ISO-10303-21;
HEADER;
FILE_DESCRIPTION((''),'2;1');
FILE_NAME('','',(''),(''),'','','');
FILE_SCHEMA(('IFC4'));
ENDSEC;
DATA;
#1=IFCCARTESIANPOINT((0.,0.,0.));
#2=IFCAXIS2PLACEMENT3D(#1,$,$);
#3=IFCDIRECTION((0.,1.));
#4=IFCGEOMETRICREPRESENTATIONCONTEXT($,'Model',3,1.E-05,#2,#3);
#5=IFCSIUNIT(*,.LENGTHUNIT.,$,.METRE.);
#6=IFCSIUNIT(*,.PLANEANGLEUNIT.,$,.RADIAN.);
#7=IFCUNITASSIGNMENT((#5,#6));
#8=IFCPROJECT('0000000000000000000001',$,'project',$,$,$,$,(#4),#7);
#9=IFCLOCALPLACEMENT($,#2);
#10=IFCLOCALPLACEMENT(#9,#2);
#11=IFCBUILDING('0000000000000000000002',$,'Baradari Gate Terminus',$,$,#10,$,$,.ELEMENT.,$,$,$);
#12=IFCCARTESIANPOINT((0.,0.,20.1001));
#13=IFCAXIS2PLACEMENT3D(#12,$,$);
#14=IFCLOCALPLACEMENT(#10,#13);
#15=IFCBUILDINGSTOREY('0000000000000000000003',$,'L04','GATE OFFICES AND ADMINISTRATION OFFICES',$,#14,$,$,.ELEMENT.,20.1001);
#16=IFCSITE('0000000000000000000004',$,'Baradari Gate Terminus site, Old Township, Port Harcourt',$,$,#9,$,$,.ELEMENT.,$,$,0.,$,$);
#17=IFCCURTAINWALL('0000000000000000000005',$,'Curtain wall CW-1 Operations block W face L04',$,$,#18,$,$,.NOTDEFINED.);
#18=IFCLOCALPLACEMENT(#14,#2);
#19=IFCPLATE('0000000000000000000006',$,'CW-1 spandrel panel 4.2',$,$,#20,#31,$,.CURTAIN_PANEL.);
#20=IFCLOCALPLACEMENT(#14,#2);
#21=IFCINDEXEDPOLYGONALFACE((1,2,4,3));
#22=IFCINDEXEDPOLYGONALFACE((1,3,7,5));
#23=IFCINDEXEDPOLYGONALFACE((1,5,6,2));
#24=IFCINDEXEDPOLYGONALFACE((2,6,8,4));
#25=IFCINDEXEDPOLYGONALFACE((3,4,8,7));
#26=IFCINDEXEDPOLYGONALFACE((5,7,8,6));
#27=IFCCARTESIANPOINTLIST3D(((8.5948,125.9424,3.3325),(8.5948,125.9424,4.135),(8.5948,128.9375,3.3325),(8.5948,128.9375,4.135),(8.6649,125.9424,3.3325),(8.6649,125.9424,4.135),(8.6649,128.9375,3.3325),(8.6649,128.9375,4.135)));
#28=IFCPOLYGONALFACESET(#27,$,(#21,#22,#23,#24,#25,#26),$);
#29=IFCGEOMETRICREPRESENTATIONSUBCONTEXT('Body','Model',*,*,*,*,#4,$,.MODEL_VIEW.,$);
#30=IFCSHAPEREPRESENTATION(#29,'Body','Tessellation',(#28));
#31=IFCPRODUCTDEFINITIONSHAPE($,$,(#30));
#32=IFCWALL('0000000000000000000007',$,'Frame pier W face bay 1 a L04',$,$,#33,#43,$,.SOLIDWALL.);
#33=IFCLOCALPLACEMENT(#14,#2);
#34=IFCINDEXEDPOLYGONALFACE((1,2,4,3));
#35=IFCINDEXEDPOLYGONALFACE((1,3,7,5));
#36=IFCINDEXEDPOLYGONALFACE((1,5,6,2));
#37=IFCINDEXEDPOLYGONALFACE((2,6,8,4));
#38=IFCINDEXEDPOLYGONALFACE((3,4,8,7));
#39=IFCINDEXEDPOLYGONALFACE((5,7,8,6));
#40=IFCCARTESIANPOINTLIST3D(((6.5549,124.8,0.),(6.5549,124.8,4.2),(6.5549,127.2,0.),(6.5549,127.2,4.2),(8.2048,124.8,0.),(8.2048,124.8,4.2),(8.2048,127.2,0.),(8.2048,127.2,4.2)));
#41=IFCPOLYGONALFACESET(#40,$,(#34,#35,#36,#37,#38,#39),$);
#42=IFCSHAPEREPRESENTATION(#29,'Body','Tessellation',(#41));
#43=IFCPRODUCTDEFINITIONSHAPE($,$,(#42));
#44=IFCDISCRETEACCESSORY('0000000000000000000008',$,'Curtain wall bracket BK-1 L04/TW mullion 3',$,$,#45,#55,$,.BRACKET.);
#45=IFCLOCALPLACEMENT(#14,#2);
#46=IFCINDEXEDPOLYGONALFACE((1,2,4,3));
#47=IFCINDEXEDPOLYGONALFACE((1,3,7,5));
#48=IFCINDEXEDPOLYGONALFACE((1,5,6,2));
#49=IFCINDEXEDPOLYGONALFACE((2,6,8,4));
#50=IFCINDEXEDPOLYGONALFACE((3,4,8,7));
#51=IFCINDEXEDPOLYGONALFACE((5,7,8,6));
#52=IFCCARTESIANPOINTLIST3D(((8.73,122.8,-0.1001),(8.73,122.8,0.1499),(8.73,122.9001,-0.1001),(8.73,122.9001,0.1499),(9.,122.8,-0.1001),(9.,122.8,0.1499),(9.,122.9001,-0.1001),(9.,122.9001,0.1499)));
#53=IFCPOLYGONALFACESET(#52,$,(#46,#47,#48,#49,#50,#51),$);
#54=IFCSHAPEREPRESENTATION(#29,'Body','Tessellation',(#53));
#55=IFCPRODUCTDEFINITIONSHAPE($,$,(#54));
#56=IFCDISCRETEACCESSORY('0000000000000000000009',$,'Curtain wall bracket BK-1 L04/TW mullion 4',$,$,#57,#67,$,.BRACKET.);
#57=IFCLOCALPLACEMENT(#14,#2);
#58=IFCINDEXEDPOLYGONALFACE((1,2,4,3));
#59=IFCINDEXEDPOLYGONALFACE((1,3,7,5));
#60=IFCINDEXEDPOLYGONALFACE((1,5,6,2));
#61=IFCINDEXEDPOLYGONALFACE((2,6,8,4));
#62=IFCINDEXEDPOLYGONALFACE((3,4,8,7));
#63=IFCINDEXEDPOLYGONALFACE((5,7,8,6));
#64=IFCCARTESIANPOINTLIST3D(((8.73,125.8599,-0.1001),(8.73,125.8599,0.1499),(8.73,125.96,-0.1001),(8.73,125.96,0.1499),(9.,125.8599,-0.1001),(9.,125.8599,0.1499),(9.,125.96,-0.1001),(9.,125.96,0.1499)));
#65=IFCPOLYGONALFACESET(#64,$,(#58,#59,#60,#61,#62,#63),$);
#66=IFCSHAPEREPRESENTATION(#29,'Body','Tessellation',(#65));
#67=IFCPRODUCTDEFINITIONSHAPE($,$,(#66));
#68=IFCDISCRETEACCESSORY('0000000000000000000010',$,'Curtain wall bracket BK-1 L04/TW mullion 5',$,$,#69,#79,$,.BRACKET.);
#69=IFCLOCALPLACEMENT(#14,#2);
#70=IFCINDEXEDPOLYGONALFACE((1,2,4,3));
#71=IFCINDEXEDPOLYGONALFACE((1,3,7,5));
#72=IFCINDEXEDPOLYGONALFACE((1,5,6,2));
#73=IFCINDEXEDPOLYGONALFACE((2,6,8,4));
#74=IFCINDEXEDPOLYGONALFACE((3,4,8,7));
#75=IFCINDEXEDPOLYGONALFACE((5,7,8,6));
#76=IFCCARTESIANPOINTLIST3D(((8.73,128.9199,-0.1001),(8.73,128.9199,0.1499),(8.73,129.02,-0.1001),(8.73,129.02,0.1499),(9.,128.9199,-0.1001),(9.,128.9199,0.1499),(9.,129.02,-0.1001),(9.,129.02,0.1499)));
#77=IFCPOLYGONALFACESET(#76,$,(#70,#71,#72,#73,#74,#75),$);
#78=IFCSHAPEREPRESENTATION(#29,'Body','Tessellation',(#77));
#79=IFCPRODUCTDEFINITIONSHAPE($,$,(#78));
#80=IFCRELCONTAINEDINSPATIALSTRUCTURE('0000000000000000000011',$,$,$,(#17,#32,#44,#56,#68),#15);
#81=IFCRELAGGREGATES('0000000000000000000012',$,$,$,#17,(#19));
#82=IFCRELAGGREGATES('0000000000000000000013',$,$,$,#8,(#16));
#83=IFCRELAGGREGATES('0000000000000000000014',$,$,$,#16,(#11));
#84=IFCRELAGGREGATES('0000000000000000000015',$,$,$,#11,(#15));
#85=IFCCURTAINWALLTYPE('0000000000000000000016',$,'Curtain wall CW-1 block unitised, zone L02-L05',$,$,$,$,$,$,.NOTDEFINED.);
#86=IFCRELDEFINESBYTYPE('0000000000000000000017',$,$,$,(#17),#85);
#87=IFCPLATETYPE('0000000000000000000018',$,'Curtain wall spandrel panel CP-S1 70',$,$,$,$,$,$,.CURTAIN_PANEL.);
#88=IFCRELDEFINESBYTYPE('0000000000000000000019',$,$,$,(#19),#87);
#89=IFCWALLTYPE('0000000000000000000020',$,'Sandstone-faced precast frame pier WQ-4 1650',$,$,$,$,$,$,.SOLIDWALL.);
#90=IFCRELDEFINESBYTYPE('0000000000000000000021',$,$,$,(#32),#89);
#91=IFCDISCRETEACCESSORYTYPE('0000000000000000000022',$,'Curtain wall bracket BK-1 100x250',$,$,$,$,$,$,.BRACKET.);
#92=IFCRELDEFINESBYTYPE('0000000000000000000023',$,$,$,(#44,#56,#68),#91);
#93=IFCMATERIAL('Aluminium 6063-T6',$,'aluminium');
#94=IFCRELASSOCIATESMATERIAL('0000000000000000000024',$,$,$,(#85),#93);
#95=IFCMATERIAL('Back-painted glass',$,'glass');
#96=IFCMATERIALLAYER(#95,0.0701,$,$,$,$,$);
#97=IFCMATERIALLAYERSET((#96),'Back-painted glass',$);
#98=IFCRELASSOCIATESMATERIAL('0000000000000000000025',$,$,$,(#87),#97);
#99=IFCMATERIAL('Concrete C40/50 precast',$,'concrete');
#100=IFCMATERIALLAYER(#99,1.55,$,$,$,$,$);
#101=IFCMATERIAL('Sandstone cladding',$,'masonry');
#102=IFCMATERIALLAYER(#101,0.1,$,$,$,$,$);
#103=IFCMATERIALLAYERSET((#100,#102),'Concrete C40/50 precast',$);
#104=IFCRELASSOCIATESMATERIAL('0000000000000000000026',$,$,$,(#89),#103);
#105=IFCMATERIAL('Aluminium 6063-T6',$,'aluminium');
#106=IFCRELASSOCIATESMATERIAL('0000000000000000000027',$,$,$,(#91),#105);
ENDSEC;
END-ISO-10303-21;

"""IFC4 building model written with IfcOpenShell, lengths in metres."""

from ifc_helpers import new_model, si_unit, direction, frame, frame_2d, origin, origin_2d, place, context, subcontext, project, spatial, rectangle, extrude, material, layer, layer_set, type_object, element, aggregate, save


model = new_model("IFC4")

# Units and contexts
model_context = context("Model", 3, precision=1e-05, world=origin(), true_north=direction((0.0, 1.0)))
body_context = subcontext(model_context, "Body", "Model", "MODEL_VIEW")
ifc_project = project(units=[si_unit("LENGTHUNIT", "METRE"), si_unit("PLANEANGLEUNIT", "RADIAN")], contexts=[model_context])

# Site, building, storey
site_placement = place(None, origin())
site = spatial("IfcSite", under=ifc_project, at=site_placement, Name="Baradari Gate Terminus site, Old Township, Port Harcourt", CompositionType="ELEMENT", RefElevation=0.0)
building_placement = place(site_placement, origin())
building = spatial("IfcBuilding", under=site, at=building_placement, Name="Baradari Gate Terminus", CompositionType="ELEMENT")
storey_placement = place(building_placement, frame((0.0, 0.0, 20.1001)))
storey = spatial("IfcBuildingStorey", under=building, at=storey_placement, Name="L04", Description="GATE OFFICES AND ADMINISTRATION OFFICES", CompositionType="ELEMENT", Elevation=20.1001)

# Curtain wall
ifc_material_1 = material(Name="Aluminium 6063-T6", Category="aluminium")
curtain_wall_type = type_object("IfcCurtainWallType", Name="Curtain wall CW-1 block unitised, zone L02-L05", PredefinedType="NOTDEFINED", material=ifc_material_1)
curtain_wall_placement = place(storey_placement, origin())
curtain_wall = element("IfcCurtainWall", 1, at=curtain_wall_placement, inside=storey, type_object=curtain_wall_type, Name="Curtain wall CW-1 Operations block W face L04", PredefinedType="NOTDEFINED")

# Plate
ifc_material_2 = material(Name="Back-painted glass", Category="glass")
ifc_layer_1 = layer(ifc_material_2, 0.0701)
ifc_layer_set_1 = layer_set([ifc_layer_1], Name="Back-painted glass")
plate_type_1 = type_object("IfcPlateType", Name="Curtain wall spandrel panel CP-S1 70", PredefinedType="CURTAIN_PANEL", material=ifc_layer_set_1)
plate_1_placement = place(storey_placement, frame((8.6299, 127.4399, 3.3325), z_axis=(0.0, 0.0, 1.0), x_axis=(0.0, 1.0, 0.0)))
plate_1 = element("IfcPlate", 2, at=plate_1_placement, type_object=plate_type_1, Name="CW-1 spandrel panel 4.2", PredefinedType="CURTAIN_PANEL", context=body_context, shape_type="SweptSolid", body=[
    extrude(rectangle(XDim=2.9951, YDim=0.0701, at=origin_2d()), origin(), (0.0, 0.0, 1.0), 0.8025),
])
aggregate(curtain_wall, [plate_1])

# Wall
ifc_material_3 = material(Name="Concrete C40/50 precast", Category="concrete")
ifc_layer_2 = layer(ifc_material_3, 1.55)
ifc_material_4 = material(Name="Sandstone cladding", Category="masonry")
ifc_layer_3 = layer(ifc_material_4, 0.1)
ifc_layer_set_2 = layer_set([ifc_layer_2, ifc_layer_3], Name="Concrete C40/50 precast")
wall_type = type_object("IfcWallType", Name="Sandstone-faced precast frame pier WQ-4 1650", PredefinedType="SOLIDWALL", material=ifc_layer_set_2)
wall_placement = place(storey_placement, frame((7.3799, 124.8, 0.0), z_axis=(0.0, 0.0, 1.0), x_axis=(0.0, 1.0, 0.0)))
element("IfcWall", 3, at=wall_placement, inside=storey, type_object=wall_type, Name="Frame pier W face bay 1 a L04", PredefinedType="SOLIDWALL", context=body_context, shape_type="SweptSolid", body=[
    extrude(rectangle(XDim=2.3999, YDim=1.6499, at=frame_2d((1.2, 0.0))), origin(), (0.0, 0.0, 1.0), 4.2),
])

# Discrete accessories
ifc_material_5 = material(Name="Aluminium 6063-T6", Category="aluminium")
discrete_accessory_type = type_object("IfcDiscreteAccessoryType", Name="Curtain wall bracket BK-1 100x250", PredefinedType="BRACKET", material=ifc_material_5)
for number, where, z_axis, x_axis, name in (
    (4, (8.865, 122.8501, -0.1001), (0.0, 0.0, 1.0), (-1.0, 0.0, 0.0), "Curtain wall bracket BK-1 L04/TW mullion 3"),
    (5, (8.865, 125.9099, -0.1001), (0.0, 0.0, 1.0), (-1.0, 0.0, 0.0), "Curtain wall bracket BK-1 L04/TW mullion 4"),
    (6, (8.865, 128.97, -0.1001), (0.0, 0.0, 1.0), (-1.0, 0.0, 0.0), "Curtain wall bracket BK-1 L04/TW mullion 5"),
):
    element("IfcDiscreteAccessory", number, at=place(storey_placement, frame(where, z_axis=z_axis, x_axis=x_axis)), inside=storey, type_object=discrete_accessory_type, Name=name, PredefinedType="BRACKET", context=body_context, shape_type="SweptSolid", body=[
        extrude(rectangle(XDim=0.27, YDim=0.1001, at=origin_2d()), origin(), (0.0, 0.0, 1.0), 0.25),
    ])

save(model, "model.ifc")
